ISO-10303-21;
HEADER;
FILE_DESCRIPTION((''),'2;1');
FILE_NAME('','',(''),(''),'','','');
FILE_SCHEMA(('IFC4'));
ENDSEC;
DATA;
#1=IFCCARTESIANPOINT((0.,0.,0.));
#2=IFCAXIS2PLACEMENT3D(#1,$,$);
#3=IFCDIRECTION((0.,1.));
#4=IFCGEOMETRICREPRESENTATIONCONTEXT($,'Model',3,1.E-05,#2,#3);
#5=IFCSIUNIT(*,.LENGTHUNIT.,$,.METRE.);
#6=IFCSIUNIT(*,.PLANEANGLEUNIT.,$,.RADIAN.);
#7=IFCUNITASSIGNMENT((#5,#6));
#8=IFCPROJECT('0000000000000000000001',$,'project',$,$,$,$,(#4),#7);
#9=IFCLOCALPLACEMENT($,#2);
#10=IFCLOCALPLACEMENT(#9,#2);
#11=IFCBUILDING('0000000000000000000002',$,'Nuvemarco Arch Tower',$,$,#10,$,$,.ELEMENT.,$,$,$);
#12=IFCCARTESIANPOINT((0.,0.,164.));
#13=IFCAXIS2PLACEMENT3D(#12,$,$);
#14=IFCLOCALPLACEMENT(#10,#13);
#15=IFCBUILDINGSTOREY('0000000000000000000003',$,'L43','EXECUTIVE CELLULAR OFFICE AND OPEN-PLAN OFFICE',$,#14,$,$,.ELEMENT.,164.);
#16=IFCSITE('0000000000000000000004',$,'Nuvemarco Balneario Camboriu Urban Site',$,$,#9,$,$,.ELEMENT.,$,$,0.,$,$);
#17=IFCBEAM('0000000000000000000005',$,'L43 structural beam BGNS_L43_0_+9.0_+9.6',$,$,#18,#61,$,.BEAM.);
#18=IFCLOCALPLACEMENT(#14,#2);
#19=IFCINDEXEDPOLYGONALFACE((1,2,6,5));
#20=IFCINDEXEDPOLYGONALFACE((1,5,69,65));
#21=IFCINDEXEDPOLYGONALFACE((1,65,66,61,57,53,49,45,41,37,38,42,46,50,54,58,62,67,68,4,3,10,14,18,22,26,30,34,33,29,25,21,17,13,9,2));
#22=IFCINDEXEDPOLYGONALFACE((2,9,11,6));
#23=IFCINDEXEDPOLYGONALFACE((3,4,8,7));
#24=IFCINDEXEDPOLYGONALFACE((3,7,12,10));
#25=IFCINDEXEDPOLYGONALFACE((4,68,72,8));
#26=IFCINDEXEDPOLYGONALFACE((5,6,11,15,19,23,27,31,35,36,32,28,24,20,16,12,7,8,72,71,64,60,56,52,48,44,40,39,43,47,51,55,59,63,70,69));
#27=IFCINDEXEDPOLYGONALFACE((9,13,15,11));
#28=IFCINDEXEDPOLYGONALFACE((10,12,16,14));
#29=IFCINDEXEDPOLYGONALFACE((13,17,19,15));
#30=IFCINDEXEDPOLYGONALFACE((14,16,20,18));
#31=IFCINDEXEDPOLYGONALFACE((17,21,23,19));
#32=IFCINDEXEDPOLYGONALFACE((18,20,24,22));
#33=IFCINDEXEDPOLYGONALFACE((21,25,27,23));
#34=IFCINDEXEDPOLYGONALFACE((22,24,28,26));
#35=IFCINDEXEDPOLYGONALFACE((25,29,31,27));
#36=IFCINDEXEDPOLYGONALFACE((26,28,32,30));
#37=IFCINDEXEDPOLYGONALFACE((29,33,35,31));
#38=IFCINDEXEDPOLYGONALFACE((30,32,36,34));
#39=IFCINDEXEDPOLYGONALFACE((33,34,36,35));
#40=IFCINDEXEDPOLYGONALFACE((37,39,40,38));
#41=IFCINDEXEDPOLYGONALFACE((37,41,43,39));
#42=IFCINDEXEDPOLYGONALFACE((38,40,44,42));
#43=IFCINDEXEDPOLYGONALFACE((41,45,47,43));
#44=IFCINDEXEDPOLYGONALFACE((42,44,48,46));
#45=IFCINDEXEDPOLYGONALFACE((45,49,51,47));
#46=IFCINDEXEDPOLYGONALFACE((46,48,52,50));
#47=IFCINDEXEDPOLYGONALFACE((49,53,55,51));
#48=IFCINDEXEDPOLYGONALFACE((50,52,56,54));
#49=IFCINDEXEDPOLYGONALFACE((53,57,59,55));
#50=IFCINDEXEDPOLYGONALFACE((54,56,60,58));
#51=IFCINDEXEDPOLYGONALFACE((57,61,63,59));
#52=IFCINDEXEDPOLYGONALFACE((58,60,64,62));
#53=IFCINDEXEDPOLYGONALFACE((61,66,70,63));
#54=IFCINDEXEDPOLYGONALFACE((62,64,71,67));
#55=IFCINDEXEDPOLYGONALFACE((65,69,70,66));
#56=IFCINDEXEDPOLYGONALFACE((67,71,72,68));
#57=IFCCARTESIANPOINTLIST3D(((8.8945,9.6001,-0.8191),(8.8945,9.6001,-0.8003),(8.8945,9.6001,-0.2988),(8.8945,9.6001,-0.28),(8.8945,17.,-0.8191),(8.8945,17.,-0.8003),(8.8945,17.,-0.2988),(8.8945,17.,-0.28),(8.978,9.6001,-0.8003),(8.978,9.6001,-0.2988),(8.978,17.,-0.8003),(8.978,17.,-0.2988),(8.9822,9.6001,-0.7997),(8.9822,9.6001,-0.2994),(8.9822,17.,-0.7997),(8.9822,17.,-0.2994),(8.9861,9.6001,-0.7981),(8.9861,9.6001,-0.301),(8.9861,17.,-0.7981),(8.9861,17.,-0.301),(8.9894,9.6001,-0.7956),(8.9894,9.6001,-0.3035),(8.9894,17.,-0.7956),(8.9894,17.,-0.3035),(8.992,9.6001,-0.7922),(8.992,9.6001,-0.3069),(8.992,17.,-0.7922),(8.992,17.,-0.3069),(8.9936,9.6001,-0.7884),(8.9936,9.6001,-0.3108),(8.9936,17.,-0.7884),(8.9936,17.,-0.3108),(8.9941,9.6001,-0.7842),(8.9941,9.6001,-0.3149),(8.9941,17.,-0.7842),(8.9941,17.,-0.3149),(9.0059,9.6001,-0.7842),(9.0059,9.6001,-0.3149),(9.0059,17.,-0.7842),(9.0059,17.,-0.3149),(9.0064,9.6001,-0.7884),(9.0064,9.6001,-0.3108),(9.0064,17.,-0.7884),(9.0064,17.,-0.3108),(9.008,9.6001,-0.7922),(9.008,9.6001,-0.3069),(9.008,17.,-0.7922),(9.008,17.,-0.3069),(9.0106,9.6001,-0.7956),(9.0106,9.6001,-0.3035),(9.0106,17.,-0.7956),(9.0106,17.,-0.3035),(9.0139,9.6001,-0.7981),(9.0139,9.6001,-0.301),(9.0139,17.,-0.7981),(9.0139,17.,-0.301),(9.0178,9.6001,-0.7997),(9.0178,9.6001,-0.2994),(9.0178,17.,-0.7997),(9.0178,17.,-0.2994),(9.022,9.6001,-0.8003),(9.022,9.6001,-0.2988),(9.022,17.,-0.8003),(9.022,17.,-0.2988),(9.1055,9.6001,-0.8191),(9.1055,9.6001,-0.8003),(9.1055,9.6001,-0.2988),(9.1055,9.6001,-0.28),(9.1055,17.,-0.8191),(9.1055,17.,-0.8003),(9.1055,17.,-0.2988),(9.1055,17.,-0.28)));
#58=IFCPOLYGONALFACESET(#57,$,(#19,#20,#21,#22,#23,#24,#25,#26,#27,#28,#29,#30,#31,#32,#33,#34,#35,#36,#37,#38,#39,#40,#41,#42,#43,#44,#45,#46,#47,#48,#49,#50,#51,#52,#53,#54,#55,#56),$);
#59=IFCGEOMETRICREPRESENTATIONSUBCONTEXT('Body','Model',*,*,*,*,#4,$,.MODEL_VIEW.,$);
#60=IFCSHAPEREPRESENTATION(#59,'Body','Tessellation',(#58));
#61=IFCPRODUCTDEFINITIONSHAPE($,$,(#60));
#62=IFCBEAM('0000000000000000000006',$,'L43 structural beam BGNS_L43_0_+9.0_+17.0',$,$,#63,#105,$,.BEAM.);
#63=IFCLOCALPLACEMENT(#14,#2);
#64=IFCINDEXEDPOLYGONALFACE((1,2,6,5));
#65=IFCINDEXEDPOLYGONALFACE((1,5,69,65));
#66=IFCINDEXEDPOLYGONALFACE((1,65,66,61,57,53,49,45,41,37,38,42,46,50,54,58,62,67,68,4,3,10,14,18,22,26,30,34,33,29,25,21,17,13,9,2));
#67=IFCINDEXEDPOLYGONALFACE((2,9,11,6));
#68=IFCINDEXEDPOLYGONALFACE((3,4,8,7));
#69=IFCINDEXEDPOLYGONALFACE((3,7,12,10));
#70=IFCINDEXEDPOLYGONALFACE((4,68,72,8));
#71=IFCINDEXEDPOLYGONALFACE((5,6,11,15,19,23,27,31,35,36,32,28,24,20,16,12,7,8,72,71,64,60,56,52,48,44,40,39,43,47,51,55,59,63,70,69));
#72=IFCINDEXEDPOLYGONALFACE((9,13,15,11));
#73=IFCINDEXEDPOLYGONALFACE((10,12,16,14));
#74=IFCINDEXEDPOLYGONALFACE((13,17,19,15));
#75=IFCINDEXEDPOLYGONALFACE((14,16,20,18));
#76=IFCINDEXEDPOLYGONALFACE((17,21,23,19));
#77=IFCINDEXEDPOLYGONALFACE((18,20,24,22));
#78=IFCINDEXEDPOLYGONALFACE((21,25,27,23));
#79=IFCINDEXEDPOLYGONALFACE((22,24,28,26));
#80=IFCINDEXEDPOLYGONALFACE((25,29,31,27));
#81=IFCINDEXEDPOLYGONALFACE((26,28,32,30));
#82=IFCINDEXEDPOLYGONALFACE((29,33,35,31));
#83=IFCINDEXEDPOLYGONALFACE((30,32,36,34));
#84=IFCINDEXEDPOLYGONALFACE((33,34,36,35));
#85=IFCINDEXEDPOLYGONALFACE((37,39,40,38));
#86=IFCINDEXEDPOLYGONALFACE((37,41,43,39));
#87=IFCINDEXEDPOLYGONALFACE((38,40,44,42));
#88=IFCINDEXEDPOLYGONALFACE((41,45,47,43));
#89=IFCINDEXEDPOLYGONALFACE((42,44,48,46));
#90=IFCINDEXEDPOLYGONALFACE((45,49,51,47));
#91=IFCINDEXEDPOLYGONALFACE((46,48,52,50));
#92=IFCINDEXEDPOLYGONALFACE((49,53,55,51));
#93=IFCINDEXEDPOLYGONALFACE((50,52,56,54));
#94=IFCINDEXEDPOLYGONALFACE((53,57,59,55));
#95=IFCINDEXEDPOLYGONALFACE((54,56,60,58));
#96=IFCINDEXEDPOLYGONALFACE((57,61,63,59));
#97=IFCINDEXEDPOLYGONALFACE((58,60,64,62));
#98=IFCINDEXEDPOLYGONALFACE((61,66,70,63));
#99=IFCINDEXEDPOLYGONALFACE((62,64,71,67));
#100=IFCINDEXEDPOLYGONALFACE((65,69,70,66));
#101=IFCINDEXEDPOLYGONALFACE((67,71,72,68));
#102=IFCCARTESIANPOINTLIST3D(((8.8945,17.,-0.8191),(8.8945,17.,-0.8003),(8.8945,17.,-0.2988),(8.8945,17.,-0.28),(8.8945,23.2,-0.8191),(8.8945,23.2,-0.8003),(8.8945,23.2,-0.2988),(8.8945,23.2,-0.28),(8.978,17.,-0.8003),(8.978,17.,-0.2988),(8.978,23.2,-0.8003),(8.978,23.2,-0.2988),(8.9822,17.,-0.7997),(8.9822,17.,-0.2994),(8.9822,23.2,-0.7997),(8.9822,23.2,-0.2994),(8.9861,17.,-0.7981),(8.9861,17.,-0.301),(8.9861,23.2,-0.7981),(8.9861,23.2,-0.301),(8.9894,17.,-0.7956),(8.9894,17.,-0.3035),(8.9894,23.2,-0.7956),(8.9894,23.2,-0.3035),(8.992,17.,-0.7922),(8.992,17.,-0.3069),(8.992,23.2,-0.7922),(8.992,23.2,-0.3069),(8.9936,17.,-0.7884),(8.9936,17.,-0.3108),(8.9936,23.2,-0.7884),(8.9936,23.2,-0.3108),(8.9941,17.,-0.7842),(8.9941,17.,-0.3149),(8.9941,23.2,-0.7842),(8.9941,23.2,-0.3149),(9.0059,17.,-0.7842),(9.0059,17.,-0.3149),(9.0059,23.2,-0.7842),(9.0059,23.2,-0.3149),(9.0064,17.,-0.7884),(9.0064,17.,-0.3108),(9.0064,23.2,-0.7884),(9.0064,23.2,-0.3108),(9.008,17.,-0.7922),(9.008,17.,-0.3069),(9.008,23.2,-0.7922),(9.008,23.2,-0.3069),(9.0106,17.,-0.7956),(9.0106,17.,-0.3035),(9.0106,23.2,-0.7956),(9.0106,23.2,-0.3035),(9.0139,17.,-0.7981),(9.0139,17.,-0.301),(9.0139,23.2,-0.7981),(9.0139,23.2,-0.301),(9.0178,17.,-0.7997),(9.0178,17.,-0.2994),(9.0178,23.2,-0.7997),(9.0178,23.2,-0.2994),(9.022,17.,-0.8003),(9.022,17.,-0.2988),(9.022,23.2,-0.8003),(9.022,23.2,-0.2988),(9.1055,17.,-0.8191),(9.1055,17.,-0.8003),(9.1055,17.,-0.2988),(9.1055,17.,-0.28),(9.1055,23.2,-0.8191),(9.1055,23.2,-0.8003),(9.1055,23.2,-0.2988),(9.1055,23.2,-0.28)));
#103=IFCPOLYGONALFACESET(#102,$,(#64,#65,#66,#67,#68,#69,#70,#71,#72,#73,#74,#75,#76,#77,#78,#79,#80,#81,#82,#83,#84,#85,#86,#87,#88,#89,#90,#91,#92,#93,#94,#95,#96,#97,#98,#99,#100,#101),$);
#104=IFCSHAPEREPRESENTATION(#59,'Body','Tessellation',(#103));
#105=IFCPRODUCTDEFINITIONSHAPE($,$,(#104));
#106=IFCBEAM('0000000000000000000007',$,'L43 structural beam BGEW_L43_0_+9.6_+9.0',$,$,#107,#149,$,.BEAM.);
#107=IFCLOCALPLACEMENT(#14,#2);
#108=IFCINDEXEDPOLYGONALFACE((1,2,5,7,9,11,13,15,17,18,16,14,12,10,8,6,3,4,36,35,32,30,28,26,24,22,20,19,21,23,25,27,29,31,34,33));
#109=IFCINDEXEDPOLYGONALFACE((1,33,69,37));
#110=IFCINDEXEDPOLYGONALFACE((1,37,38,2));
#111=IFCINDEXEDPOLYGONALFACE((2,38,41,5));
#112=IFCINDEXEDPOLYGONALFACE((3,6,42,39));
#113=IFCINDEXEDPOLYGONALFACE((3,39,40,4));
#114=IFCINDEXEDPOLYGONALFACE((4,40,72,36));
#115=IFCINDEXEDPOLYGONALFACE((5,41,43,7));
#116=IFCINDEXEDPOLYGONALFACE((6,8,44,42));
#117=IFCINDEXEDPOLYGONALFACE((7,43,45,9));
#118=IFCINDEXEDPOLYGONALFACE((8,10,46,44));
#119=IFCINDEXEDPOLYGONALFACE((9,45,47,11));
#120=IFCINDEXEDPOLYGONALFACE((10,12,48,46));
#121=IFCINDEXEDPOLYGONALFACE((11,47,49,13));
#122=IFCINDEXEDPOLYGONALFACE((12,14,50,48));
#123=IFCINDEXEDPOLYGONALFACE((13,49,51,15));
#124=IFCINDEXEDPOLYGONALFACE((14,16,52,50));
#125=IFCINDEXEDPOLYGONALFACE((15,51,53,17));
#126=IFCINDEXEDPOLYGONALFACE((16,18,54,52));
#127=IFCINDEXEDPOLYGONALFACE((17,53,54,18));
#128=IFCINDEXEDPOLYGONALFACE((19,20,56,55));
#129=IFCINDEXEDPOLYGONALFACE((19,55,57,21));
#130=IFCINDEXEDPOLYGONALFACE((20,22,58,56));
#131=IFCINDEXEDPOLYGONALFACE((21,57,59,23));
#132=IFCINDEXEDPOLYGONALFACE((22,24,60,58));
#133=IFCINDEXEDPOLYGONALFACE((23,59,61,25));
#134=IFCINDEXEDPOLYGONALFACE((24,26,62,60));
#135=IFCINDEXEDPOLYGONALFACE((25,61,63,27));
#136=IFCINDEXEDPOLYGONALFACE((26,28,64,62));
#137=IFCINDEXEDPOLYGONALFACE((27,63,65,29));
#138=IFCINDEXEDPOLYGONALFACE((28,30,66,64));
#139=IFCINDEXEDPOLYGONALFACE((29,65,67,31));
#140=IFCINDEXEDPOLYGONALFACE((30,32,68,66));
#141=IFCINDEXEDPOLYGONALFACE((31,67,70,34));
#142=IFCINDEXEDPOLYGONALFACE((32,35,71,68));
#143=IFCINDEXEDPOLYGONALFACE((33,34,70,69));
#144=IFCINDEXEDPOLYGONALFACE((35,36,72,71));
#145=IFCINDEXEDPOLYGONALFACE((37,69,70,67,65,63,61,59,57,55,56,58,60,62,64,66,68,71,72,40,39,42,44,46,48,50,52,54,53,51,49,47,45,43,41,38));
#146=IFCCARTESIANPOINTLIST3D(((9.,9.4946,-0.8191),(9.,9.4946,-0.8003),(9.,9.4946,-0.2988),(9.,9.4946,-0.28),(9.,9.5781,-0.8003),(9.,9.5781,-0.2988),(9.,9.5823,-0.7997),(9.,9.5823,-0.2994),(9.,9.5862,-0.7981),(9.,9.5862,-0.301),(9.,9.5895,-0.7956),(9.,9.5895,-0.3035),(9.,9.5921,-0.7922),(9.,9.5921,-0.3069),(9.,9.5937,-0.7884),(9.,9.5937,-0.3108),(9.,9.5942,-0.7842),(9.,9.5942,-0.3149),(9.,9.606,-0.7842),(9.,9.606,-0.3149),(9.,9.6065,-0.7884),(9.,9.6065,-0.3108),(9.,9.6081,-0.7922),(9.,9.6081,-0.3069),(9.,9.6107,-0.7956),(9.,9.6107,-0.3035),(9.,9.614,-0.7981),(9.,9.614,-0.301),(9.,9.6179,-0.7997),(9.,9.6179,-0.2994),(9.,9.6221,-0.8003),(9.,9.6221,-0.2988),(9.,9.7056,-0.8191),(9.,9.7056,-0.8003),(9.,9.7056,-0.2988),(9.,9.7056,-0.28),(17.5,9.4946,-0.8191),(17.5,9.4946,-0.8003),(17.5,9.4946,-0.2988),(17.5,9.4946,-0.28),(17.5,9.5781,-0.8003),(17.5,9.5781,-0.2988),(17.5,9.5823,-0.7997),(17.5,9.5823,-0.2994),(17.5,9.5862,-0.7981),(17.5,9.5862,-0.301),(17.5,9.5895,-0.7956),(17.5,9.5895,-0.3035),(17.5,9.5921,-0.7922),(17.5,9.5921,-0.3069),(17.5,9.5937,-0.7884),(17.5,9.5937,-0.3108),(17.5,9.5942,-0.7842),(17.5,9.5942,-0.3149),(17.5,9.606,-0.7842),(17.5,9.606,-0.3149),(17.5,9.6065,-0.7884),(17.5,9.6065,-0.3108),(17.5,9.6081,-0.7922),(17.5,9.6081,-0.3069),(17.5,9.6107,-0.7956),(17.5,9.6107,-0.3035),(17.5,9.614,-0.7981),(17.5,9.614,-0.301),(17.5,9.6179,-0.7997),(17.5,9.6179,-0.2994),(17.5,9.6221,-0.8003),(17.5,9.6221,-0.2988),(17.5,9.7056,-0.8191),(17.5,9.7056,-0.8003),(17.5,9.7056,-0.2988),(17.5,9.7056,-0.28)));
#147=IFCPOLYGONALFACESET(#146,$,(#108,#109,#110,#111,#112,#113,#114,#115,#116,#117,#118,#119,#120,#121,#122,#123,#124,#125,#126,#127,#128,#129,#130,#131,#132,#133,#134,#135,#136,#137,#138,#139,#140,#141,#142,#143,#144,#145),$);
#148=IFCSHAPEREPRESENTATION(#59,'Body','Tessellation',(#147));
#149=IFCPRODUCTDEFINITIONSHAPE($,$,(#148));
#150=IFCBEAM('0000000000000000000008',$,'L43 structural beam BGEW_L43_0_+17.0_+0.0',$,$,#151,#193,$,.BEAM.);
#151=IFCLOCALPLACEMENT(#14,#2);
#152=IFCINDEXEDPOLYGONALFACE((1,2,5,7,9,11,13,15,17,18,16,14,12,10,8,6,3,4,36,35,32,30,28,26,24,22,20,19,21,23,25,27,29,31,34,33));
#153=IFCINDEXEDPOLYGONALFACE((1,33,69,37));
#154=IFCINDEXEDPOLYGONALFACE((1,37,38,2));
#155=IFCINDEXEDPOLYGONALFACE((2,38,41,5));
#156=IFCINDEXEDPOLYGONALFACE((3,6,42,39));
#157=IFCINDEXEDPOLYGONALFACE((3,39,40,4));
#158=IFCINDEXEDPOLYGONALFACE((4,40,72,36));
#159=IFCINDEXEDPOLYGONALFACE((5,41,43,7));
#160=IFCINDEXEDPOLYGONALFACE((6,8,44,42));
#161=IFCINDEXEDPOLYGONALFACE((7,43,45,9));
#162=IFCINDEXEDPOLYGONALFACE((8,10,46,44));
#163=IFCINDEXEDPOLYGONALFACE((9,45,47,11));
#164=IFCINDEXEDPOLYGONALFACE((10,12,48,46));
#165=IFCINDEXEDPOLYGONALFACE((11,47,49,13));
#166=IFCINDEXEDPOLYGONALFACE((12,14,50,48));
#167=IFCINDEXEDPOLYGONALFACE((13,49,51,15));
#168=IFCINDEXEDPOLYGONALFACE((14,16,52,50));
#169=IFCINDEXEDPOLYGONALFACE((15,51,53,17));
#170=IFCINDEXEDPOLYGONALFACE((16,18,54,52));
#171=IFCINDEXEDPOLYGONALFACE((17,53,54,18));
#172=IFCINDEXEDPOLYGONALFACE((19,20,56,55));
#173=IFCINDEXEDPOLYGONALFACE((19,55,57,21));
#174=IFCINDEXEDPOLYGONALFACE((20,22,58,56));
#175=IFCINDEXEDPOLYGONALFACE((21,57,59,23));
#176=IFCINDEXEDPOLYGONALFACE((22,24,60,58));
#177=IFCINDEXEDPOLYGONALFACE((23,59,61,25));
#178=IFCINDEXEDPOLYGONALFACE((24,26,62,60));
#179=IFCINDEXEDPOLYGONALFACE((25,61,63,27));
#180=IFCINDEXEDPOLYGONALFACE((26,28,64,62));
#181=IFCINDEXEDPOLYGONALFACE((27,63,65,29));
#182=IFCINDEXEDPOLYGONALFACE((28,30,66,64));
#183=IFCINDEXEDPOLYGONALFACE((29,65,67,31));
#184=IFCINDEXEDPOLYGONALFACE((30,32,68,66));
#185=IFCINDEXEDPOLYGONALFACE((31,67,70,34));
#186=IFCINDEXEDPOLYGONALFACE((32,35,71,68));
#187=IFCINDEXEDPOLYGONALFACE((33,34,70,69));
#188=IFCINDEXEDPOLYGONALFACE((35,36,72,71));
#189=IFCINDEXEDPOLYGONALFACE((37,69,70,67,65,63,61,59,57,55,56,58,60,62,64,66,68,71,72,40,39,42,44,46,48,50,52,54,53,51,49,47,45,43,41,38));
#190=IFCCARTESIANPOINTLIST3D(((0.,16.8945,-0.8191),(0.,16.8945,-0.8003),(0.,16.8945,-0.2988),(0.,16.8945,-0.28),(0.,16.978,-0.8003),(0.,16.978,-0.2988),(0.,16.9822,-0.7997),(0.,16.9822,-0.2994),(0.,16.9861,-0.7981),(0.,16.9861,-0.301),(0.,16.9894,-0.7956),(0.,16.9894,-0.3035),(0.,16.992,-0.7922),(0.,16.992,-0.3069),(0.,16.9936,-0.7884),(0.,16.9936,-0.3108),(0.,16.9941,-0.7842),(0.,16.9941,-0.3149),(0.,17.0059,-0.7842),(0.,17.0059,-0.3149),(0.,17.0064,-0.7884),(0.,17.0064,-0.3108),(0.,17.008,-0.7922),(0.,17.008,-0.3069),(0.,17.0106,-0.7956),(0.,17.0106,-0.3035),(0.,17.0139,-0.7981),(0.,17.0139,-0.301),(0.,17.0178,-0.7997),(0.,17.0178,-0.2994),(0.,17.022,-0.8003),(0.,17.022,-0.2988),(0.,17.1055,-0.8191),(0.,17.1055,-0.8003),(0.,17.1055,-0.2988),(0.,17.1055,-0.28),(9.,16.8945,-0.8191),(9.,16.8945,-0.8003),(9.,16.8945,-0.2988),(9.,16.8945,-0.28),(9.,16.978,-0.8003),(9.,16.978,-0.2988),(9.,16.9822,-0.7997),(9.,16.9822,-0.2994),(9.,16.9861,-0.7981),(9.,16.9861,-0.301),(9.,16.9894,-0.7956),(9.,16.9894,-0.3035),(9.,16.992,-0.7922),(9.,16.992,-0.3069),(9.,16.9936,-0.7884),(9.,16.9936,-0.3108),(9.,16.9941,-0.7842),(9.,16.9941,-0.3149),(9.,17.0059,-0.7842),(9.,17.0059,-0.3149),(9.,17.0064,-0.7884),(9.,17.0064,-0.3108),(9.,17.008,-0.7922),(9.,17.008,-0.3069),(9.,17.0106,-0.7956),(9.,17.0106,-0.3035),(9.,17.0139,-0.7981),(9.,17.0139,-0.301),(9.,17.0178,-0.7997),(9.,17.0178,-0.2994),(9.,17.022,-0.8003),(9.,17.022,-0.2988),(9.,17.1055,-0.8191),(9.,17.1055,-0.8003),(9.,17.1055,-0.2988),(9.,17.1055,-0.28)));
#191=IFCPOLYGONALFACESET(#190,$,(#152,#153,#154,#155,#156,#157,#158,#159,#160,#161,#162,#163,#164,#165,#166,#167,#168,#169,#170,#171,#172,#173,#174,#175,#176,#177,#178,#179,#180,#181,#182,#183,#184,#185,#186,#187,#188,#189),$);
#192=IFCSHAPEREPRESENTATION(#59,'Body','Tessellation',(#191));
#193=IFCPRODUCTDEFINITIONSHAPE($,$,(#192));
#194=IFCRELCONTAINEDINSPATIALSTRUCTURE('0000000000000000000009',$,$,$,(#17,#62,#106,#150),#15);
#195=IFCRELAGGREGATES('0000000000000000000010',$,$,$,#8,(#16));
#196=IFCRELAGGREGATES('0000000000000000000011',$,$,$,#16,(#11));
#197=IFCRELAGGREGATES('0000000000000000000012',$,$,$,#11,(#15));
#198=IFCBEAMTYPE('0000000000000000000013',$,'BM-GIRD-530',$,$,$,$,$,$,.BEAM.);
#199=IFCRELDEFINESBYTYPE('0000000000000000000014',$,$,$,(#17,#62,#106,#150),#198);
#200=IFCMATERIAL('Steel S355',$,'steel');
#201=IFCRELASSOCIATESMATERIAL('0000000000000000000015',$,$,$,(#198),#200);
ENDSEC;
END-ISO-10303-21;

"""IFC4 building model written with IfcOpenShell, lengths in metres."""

from ifc_helpers import new_model, si_unit, direction, frame, origin, origin_2d, place, context, subcontext, project, spatial, i_section, extrude, material, material_profile, profile_set, type_object, element, save


model = new_model("IFC4")

# Units and contexts
model_context = context("Model", 3, precision=1e-05, world=origin(), true_north=direction((0.0, 1.0)))
body_context = subcontext(model_context, "Body", "Model", "MODEL_VIEW")
ifc_project = project(units=[si_unit("LENGTHUNIT", "METRE"), si_unit("PLANEANGLEUNIT", "RADIAN")], contexts=[model_context])

# Site, building, storey
site_placement = place(None, origin())
site = spatial("IfcSite", under=ifc_project, at=site_placement, Name="Nuvemarco Balneario Camboriu Urban Site", CompositionType="ELEMENT", RefElevation=0.0)
building_placement = place(site_placement, origin())
building = spatial("IfcBuilding", under=site, at=building_placement, Name="Nuvemarco Arch Tower", CompositionType="ELEMENT")
storey_placement = place(building_placement, frame((0.0, 0.0, 164.0)))
storey = spatial("IfcBuildingStorey", under=building, at=storey_placement, Name="L43", Description="EXECUTIVE CELLULAR OFFICE AND OPEN-PLAN OFFICE", CompositionType="ELEMENT", Elevation=164.0)

# Shared definitions
ifc_material_1 = material(Name="Steel S355", Category="steel")

# Beams
ifc_material_profile_1 = material_profile(ifc_material_1, i_section(OverallWidth=0.2109, OverallDepth=0.5391, WebThickness=0.0117, FlangeThickness=0.0188, FilletRadius=0.0161, at=origin_2d()), Name="W530x109")
ifc_profile_set_1 = profile_set([ifc_material_profile_1], Name="Steel S355")
beam_type_1 = type_object("IfcBeamType", Name="BM-GIRD-530", PredefinedType="BEAM", material=ifc_profile_set_1)
beam_1_placement = place(storey_placement, frame((9.0, 9.6001, -0.5496), z_axis=(0.0, 1.0, 0.0), x_axis=(-1.0, 0.0, 0.0)))
element("IfcBeam", 1, at=beam_1_placement, inside=storey, type_object=beam_type_1, Name="L43 structural beam BGNS_L43_0_+9.0_+9.6", PredefinedType="BEAM", context=body_context, shape_type="SweptSolid", body=[
    extrude(i_section(OverallWidth=0.2109, OverallDepth=0.5391, WebThickness=0.0117, FlangeThickness=0.0188, FilletRadius=0.0161, at=origin_2d()), origin(), (0.0, 0.0, 1.0), 7.3999),
])
beam_2_placement = place(storey_placement, frame((9.0, 17.0, -0.5496), z_axis=(0.0, 1.0, 0.0), x_axis=(-1.0, 0.0, 0.0)))
element("IfcBeam", 2, at=beam_2_placement, inside=storey, type_object=beam_type_1, Name="L43 structural beam BGNS_L43_0_+9.0_+17.0", PredefinedType="BEAM", context=body_context, shape_type="SweptSolid", body=[
    extrude(i_section(OverallWidth=0.2109, OverallDepth=0.5391, WebThickness=0.0117, FlangeThickness=0.0188, FilletRadius=0.0161, at=origin_2d()), origin(), (0.0, 0.0, 1.0), 6.2),
])
beam_3_placement = place(storey_placement, frame((9.0, 9.6001, -0.5496), z_axis=(1.0, 0.0, 0.0), x_axis=(0.0, 1.0, 0.0)))
element("IfcBeam", 3, at=beam_3_placement, inside=storey, type_object=beam_type_1, Name="L43 structural beam BGEW_L43_0_+9.6_+9.0", PredefinedType="BEAM", context=body_context, shape_type="SweptSolid", body=[
    extrude(i_section(OverallWidth=0.2109, OverallDepth=0.5391, WebThickness=0.0117, FlangeThickness=0.0188, FilletRadius=0.0161, at=origin_2d()), origin(), (0.0, 0.0, 1.0), 8.5),
])
beam_4_placement = place(storey_placement, frame((0.0, 17.0, -0.5496), z_axis=(1.0, 0.0, 0.0), x_axis=(0.0, 1.0, 0.0)))
element("IfcBeam", 4, at=beam_4_placement, inside=storey, type_object=beam_type_1, Name="L43 structural beam BGEW_L43_0_+17.0_+0.0", PredefinedType="BEAM", context=body_context, shape_type="SweptSolid", body=[
    extrude(i_section(OverallWidth=0.2109, OverallDepth=0.5391, WebThickness=0.0117, FlangeThickness=0.0188, FilletRadius=0.0161, at=origin_2d()), origin(), (0.0, 0.0, 1.0), 9.0),
])

save(model, "model.ifc")
